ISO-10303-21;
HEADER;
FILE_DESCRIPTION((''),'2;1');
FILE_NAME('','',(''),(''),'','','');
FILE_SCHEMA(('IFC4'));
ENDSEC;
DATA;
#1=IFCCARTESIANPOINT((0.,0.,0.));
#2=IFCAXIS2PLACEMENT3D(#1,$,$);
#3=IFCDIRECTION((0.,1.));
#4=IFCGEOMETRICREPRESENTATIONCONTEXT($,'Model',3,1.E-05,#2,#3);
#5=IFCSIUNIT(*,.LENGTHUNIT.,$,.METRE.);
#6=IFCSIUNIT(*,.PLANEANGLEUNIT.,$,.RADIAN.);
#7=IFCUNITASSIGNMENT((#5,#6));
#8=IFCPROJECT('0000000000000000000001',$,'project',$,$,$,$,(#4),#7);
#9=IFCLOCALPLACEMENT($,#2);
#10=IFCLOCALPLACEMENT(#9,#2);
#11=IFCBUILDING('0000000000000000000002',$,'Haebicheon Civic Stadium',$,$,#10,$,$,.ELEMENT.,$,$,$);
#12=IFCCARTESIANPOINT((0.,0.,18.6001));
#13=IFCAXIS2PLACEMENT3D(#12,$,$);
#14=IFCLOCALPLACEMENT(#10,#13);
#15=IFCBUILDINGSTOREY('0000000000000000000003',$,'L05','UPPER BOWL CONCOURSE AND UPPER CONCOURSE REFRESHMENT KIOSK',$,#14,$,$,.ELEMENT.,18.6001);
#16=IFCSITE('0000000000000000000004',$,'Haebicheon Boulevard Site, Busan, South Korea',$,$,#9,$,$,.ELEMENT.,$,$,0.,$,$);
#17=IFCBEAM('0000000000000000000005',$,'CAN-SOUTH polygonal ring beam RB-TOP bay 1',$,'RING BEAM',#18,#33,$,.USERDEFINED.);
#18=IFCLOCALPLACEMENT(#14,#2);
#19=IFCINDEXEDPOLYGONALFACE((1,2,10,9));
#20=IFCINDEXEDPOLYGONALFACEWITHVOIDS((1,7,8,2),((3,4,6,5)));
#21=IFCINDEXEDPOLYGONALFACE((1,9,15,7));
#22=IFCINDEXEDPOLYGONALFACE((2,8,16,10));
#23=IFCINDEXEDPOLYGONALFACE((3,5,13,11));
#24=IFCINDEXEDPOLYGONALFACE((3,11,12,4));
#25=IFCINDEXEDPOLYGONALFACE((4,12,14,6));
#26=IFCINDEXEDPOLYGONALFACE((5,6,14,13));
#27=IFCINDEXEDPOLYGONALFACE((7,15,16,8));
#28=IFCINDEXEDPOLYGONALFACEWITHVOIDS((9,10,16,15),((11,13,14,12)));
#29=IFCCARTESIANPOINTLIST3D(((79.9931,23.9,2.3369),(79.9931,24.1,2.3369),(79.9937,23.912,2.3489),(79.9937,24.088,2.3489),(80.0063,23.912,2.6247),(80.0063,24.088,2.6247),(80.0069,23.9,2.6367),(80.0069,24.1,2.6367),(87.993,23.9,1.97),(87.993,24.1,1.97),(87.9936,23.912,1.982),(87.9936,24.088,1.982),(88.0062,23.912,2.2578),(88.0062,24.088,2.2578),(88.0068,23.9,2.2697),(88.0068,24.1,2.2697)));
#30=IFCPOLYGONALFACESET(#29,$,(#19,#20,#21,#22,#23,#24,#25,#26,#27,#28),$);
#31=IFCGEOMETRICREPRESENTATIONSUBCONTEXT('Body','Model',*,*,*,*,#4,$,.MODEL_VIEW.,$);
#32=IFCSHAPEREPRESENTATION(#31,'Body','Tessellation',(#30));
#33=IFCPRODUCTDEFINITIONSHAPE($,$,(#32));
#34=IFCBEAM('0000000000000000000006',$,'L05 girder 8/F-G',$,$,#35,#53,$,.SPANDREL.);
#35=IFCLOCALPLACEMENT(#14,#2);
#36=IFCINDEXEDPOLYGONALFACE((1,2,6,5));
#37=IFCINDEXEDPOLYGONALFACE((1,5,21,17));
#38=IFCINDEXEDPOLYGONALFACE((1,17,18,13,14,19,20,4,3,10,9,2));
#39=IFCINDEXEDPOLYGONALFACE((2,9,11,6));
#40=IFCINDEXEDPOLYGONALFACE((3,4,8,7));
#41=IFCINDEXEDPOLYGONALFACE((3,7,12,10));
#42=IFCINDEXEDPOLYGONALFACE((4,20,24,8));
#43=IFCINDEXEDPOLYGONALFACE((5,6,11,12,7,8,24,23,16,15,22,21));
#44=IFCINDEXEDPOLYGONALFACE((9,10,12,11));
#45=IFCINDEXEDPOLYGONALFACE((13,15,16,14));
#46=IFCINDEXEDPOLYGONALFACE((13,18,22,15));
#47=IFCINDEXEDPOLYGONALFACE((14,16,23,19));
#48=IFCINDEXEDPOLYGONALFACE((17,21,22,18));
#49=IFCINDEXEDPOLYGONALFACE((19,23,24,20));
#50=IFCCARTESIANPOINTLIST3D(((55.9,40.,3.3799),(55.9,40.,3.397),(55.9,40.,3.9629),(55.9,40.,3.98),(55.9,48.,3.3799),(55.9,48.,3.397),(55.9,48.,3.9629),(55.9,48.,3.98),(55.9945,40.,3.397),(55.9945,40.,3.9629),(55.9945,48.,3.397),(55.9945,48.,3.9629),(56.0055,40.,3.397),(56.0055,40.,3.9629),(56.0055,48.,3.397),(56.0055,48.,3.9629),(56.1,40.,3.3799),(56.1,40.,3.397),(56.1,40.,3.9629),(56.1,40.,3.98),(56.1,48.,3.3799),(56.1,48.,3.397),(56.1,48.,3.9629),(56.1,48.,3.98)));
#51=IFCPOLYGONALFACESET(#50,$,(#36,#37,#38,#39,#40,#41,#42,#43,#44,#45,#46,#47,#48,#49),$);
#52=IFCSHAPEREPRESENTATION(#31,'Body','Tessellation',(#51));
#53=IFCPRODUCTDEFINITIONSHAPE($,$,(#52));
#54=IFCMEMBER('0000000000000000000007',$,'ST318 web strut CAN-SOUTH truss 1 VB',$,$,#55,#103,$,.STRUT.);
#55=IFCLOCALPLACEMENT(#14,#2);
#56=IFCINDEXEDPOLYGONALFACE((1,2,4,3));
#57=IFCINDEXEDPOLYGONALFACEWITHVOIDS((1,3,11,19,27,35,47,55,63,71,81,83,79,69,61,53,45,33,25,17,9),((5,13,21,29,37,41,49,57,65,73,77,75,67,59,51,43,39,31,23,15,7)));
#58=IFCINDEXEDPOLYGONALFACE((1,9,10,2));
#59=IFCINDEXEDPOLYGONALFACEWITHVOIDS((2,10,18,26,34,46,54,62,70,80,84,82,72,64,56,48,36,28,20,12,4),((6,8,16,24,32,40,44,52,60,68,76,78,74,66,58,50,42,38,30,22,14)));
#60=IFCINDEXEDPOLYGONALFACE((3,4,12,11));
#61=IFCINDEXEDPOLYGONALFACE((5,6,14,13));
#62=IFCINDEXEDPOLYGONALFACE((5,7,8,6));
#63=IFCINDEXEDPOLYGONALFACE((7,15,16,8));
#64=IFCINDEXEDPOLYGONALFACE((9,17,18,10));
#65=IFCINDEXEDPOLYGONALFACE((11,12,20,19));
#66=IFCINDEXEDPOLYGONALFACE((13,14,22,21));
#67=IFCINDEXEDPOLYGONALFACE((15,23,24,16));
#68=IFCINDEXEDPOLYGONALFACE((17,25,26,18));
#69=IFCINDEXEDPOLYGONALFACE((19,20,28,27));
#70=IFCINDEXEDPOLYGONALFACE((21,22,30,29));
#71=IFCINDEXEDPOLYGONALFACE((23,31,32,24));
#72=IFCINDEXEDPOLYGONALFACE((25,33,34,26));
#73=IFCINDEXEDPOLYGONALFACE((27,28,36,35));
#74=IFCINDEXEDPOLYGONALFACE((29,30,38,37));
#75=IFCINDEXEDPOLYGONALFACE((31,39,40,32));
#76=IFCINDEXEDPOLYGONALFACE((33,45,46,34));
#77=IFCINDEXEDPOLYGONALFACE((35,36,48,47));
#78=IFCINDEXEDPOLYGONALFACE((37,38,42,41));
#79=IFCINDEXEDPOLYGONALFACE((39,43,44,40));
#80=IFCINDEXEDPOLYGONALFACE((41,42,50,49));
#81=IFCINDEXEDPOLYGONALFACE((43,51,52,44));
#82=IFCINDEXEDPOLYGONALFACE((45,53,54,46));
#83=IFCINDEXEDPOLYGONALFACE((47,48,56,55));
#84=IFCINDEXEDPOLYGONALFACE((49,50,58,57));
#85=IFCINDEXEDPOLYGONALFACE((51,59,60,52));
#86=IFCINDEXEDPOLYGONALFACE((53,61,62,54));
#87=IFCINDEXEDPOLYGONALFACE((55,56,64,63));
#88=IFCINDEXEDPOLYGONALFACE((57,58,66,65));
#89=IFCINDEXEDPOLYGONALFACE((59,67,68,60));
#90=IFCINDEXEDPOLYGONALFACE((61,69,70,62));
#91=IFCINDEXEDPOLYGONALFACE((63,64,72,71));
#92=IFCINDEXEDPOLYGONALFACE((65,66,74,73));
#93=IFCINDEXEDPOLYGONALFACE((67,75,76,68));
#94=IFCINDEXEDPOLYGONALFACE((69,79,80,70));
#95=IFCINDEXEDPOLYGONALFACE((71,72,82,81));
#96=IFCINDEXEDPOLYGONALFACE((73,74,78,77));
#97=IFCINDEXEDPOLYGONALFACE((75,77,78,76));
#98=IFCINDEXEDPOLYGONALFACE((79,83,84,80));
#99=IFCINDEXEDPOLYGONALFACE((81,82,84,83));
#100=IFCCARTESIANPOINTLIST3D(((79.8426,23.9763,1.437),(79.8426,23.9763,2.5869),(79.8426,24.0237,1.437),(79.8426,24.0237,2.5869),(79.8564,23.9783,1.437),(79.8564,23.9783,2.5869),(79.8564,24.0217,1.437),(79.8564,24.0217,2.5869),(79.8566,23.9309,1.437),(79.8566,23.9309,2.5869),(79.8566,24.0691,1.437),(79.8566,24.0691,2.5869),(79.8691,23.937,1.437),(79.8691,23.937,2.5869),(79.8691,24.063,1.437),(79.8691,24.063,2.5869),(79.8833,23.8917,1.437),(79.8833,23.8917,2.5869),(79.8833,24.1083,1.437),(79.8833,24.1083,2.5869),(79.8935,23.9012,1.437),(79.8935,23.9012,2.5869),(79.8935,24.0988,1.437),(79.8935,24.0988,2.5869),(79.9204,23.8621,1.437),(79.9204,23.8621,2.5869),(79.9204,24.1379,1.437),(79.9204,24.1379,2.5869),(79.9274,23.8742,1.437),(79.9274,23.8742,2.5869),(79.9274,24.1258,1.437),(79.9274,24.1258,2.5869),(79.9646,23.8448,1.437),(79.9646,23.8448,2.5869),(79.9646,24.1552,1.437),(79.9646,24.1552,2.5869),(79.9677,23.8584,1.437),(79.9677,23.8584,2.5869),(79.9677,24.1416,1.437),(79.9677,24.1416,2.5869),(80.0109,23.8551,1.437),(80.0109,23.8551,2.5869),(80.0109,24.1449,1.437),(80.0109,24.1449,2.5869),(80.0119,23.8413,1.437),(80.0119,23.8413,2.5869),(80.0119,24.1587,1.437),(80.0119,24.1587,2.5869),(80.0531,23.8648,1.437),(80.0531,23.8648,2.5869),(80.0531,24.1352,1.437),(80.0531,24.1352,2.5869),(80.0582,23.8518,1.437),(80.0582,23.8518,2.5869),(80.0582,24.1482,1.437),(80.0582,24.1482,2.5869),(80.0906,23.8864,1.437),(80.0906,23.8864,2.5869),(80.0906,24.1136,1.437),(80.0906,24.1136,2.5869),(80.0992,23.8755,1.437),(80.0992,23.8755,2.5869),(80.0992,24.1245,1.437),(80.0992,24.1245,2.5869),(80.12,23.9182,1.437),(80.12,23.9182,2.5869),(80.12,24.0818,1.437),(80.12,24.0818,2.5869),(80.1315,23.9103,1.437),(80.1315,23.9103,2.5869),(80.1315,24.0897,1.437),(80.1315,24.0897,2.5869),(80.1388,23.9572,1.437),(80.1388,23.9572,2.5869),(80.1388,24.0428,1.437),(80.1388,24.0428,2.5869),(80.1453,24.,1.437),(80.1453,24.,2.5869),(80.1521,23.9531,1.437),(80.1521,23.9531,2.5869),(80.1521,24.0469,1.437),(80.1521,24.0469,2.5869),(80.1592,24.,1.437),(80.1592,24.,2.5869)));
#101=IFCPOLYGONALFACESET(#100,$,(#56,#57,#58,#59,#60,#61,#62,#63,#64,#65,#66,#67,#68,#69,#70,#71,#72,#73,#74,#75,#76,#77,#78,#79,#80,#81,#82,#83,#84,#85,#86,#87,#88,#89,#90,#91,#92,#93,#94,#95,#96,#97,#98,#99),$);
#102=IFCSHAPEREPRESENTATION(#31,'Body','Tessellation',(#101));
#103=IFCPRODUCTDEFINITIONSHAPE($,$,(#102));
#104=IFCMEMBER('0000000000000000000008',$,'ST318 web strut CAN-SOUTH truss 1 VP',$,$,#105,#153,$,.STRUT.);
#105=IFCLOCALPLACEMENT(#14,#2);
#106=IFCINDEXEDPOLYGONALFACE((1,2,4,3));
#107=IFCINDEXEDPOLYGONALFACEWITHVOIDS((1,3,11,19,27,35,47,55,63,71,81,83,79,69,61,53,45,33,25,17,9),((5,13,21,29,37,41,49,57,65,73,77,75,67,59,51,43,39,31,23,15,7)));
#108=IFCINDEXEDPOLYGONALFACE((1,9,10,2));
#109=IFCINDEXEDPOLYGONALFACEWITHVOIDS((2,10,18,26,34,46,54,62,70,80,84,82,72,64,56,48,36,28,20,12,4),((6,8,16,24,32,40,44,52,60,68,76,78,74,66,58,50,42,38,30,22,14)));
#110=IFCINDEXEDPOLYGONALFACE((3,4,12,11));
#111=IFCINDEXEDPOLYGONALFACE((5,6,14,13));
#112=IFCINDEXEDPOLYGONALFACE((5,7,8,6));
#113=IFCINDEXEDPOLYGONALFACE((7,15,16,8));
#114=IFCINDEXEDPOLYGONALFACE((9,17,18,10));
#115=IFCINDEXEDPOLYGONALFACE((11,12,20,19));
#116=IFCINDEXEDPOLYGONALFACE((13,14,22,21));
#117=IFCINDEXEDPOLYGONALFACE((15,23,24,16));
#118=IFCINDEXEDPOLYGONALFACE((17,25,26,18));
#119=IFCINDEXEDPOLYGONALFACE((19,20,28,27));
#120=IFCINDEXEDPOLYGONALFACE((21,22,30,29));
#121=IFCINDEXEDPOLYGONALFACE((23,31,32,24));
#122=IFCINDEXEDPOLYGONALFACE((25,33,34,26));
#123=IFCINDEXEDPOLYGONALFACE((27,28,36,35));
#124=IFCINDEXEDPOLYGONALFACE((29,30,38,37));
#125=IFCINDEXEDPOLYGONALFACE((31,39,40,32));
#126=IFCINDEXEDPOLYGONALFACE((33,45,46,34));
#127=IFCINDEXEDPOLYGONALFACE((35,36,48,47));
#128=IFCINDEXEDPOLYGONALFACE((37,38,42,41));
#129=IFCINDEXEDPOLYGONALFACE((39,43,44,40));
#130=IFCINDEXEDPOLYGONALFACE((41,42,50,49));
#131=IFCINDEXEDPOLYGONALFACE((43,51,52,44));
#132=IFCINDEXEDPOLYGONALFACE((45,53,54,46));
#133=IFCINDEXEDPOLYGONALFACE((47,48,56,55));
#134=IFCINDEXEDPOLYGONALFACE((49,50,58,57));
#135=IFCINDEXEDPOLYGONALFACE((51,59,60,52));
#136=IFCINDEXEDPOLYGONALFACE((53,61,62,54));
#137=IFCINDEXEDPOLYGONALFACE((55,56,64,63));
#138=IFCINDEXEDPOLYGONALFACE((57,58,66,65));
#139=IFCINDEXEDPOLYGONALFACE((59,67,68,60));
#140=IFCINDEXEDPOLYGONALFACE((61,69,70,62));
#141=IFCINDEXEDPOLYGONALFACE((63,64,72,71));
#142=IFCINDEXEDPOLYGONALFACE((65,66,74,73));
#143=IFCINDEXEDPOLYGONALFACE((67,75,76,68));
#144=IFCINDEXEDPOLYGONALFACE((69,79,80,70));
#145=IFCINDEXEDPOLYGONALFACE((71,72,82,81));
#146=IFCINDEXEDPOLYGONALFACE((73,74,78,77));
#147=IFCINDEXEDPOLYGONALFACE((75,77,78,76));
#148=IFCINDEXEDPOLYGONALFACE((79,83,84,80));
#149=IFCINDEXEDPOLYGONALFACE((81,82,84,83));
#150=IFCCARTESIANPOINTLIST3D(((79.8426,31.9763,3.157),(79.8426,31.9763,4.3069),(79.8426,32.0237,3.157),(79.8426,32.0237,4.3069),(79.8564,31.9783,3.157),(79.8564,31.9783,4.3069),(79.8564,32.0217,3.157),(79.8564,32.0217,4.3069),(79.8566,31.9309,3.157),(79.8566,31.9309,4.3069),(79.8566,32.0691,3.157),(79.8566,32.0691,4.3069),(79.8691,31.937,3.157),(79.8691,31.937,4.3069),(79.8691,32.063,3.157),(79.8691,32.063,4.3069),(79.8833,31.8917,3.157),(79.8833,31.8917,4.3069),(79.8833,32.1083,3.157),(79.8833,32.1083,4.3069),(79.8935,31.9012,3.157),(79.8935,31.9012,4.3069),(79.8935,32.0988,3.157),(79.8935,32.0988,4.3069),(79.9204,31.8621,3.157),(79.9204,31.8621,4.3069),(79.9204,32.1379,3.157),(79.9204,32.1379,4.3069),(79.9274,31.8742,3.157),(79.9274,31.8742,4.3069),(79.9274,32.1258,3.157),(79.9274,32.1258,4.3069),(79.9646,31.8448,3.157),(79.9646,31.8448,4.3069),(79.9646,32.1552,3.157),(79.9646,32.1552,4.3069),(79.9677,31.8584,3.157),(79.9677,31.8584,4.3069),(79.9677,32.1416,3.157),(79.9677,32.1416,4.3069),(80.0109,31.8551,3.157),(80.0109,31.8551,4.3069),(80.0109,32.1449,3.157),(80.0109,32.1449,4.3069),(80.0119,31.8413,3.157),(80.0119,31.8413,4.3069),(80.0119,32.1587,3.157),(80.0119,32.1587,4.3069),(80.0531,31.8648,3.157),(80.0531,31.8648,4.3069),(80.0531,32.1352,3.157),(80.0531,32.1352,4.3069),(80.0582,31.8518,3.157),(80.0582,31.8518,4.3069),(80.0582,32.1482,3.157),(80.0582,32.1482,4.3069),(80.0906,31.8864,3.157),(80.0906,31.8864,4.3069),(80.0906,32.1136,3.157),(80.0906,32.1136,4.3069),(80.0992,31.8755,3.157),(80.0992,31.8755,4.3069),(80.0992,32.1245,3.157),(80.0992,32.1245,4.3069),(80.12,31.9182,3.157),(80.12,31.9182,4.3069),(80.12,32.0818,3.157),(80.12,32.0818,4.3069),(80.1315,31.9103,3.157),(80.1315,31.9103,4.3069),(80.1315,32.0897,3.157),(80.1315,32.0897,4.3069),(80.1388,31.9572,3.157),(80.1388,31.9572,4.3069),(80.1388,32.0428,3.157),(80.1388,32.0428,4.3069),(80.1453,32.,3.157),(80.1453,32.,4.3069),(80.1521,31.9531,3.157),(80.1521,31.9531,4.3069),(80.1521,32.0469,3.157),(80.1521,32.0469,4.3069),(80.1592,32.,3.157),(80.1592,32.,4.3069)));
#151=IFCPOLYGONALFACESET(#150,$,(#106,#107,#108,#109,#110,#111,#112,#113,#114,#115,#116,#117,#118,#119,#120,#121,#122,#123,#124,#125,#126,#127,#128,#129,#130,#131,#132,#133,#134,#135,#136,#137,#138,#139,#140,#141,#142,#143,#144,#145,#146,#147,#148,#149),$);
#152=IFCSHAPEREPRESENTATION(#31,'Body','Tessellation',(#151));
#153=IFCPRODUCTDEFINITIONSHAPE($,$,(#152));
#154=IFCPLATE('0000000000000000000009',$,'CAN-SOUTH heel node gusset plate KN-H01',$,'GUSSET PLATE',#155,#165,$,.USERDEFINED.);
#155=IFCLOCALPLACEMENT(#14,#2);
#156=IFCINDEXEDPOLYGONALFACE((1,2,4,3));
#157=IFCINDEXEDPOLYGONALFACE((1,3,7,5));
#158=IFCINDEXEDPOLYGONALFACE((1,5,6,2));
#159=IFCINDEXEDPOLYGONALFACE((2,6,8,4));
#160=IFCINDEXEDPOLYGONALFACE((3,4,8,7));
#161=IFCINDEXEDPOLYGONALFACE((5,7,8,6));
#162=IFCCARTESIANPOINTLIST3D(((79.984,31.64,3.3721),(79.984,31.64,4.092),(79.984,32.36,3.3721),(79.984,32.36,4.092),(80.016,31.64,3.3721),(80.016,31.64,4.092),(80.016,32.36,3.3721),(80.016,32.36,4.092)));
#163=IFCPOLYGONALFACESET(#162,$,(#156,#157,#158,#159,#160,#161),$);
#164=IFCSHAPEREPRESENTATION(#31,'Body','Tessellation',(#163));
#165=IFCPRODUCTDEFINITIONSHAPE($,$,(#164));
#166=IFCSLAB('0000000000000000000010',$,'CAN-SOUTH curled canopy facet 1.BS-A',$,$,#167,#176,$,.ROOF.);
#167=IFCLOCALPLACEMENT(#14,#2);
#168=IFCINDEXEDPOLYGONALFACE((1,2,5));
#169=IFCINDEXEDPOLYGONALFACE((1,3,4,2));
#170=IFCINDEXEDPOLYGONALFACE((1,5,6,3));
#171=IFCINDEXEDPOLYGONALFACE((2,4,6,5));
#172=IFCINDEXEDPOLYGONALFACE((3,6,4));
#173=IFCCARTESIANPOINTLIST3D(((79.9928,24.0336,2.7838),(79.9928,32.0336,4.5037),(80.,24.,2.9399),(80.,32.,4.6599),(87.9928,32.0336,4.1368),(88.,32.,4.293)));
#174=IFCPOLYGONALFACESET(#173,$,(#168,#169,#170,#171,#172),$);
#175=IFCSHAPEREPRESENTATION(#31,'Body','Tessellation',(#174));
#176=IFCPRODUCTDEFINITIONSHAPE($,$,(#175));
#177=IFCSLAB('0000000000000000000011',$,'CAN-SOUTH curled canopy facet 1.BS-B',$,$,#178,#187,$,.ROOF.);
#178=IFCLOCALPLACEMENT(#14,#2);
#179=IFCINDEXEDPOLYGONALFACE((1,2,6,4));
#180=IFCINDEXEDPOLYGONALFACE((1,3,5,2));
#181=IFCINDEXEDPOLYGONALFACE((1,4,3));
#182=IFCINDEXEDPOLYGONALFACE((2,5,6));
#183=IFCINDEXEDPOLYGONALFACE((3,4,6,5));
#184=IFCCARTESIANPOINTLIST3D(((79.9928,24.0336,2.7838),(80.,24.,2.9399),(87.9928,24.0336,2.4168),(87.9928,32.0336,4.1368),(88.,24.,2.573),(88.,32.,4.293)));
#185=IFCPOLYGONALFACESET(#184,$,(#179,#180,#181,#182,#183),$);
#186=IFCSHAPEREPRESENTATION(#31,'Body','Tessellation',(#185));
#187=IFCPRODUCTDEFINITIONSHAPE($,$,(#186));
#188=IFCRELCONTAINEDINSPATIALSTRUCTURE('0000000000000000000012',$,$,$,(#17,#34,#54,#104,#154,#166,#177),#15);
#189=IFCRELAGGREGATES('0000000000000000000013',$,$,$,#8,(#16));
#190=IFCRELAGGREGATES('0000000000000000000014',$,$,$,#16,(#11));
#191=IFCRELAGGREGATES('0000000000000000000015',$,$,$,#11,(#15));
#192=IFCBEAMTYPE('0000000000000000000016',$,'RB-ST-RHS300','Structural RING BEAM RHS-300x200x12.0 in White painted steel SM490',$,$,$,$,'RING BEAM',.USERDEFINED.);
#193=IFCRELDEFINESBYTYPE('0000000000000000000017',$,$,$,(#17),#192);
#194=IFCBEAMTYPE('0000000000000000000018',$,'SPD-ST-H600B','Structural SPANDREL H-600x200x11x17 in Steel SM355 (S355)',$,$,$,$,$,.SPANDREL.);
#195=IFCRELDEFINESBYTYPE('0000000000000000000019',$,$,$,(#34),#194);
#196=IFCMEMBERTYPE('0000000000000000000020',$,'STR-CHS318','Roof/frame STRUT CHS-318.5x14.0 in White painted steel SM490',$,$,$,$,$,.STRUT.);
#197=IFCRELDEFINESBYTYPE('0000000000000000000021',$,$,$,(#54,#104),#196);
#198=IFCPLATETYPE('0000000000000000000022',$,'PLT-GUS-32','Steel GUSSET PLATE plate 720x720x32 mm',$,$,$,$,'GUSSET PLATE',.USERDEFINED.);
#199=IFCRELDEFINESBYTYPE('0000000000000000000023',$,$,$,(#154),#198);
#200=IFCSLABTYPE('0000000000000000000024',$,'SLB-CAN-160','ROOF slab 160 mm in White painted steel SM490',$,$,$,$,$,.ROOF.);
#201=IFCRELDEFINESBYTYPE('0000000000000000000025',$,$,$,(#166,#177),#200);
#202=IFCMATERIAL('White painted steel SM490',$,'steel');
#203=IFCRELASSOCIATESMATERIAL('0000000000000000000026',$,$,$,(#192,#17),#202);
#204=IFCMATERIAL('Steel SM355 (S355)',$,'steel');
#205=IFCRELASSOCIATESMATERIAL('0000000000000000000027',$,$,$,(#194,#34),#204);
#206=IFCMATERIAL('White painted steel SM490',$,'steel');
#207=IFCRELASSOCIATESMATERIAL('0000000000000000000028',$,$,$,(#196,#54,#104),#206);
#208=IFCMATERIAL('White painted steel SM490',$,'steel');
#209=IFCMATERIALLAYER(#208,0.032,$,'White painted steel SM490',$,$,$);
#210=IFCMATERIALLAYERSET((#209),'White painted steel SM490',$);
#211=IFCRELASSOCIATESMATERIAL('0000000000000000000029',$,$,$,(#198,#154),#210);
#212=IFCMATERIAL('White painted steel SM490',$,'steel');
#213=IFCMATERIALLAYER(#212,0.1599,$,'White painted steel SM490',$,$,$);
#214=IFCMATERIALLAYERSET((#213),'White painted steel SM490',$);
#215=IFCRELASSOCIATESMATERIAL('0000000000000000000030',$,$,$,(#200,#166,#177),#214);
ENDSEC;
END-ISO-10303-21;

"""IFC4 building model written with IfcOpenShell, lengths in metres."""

from ifc_helpers import new_model, si_unit, direction, frame, origin, origin_2d, place, context, subcontext, project, spatial, polyline, rectangle, hollow_rectangle, hollow_circle, i_section, outline, extrude, material, layer, layer_set, material_profile, profile_set, type_object, element, save


model = new_model("IFC4")

# Units and contexts
model_context = context("Model", 3, precision=1e-05, world=origin(), true_north=direction((0.0, 1.0)))
body_context = subcontext(model_context, "Body", "Model", "MODEL_VIEW")
ifc_project = project(units=[si_unit("LENGTHUNIT", "METRE"), si_unit("PLANEANGLEUNIT", "RADIAN")], contexts=[model_context])

# Site, building, storey
site_placement = place(None, origin())
site = spatial("IfcSite", under=ifc_project, at=site_placement, Name="Haebicheon Boulevard Site, Busan, South Korea", CompositionType="ELEMENT", RefElevation=0.0)
building_placement = place(site_placement, origin())
building = spatial("IfcBuilding", under=site, at=building_placement, Name="Haebicheon Civic Stadium", CompositionType="ELEMENT")
storey_placement = place(building_placement, frame((0.0, 0.0, 18.6001)))
storey = spatial("IfcBuildingStorey", under=building, at=storey_placement, Name="L05", Description="UPPER BOWL CONCOURSE AND UPPER CONCOURSE REFRESHMENT KIOSK", CompositionType="ELEMENT", Elevation=18.6001)

# Beams
ifc_material_1 = material(Name="White painted steel SM490", Category="steel")
ifc_material_profile_1 = material_profile(ifc_material_1, hollow_rectangle(XDim=0.2, YDim=0.3, WallThickness=0.012, at=origin_2d()), Name="RHS-300x200x12.0")
ifc_profile_set_1 = profile_set([ifc_material_profile_1], Name="White painted steel SM490")
beam_type_1 = type_object("IfcBeamType", Name="RB-ST-RHS300", Description="Structural RING BEAM RHS-300x200x12.0 in White painted steel SM490", ElementType="RING BEAM", PredefinedType="USERDEFINED", material=ifc_profile_set_1)
beam_1_placement = place(storey_placement, frame((80.0, 24.0, 2.4868), z_axis=(0.99895, 0.0, -0.04582), x_axis=(0.0, 1.0, 0.0)))
element("IfcBeam", 1, at=beam_1_placement, inside=storey, type_object=beam_type_1, material=ifc_profile_set_1, Name="CAN-SOUTH polygonal ring beam RB-TOP bay 1", ObjectType="RING BEAM", PredefinedType="USERDEFINED", context=body_context, shape_type="SweptSolid", body=[
    extrude(hollow_rectangle(XDim=0.2, YDim=0.3, WallThickness=0.012, at=origin_2d()), origin(), (0.0, 0.0, 1.0), 8.0083),
])
ifc_material_2 = material(Name="Steel SM355 (S355)", Category="steel")
ifc_material_profile_2 = material_profile(ifc_material_2, i_section(OverallWidth=0.2, OverallDepth=0.6001, WebThickness=0.011, FlangeThickness=0.0171, at=origin_2d()), Name="H-600x200x11x17")
ifc_profile_set_2 = profile_set([ifc_material_profile_2], Name="Steel SM355 (S355)")
beam_type_2 = type_object("IfcBeamType", Name="SPD-ST-H600B", Description="Structural SPANDREL H-600x200x11x17 in Steel SM355 (S355)", PredefinedType="SPANDREL", material=ifc_profile_set_2)
beam_2_placement = place(storey_placement, frame((56.0, 40.0, 3.6799), z_axis=(0.0, 1.0, 0.0), x_axis=(-1.0, 0.0, 0.0)))
element("IfcBeam", 2, at=beam_2_placement, inside=storey, type_object=beam_type_2, material=ifc_profile_set_2, Name="L05 girder 8/F-G", PredefinedType="SPANDREL", context=body_context, shape_type="SweptSolid", body=[
    extrude(i_section(OverallWidth=0.2, OverallDepth=0.6001, WebThickness=0.011, FlangeThickness=0.0171, at=origin_2d()), origin(), (0.0, 0.0, 1.0), 8.0),
])

# Members
ifc_material_3 = material(Name="White painted steel SM490", Category="steel")
ifc_material_profile_3 = material_profile(ifc_material_3, hollow_circle(Radius=0.1592, WallThickness=0.0139, at=origin_2d()), Name="CHS-318.5x14.0")
ifc_profile_set_3 = profile_set([ifc_material_profile_3], Name="White painted steel SM490")
member_type_1 = type_object("IfcMemberType", Name="STR-CHS318", Description="Roof/frame STRUT CHS-318.5x14.0 in White painted steel SM490", PredefinedType="STRUT", material=ifc_profile_set_3)
for number, where, z_axis, x_axis, name in (
    (3, (80.0, 24.0, 1.437), (0.0, 0.0, 1.0), (1.0, 0.0, 0.0), "ST318 web strut CAN-SOUTH truss 1 VB"),
    (4, (80.0, 32.0, 3.157), (0.0, 0.0, 1.0), (1.0, 0.0, 0.0), "ST318 web strut CAN-SOUTH truss 1 VP"),
):
    element("IfcMember", number, at=place(storey_placement, frame(where, z_axis=z_axis, x_axis=x_axis)), inside=storey, type_object=member_type_1, material=ifc_profile_set_3, Name=name, PredefinedType="STRUT", context=body_context, shape_type="SweptSolid", body=[
        extrude(hollow_circle(Radius=0.1592, WallThickness=0.0139, at=origin_2d()), origin(), (0.0, 0.0, 1.0), 1.1499),
    ])

# Plate
ifc_material_4 = material(Name="White painted steel SM490", Category="steel")
ifc_layer_1 = layer(ifc_material_4, 0.032, Name="White painted steel SM490")
ifc_layer_set_1 = layer_set([ifc_layer_1], Name="White painted steel SM490")
plate_type = type_object("IfcPlateType", Name="PLT-GUS-32", Description="Steel GUSSET PLATE plate 720x720x32 mm", ElementType="GUSSET PLATE", PredefinedType="USERDEFINED", material=ifc_layer_set_1)
plate_placement = place(storey_placement, frame((80.0, 32.0, 3.3721), z_axis=(0.0, 0.0, 1.0), x_axis=(0.0, 1.0, 0.0)))
element("IfcPlate", 5, at=plate_placement, inside=storey, type_object=plate_type, material=ifc_layer_set_1, Name="CAN-SOUTH heel node gusset plate KN-H01", ObjectType="GUSSET PLATE", PredefinedType="USERDEFINED", context=body_context, shape_type="SweptSolid", body=[
    extrude(rectangle(XDim=0.72, YDim=0.032, at=origin_2d()), origin(), (0.0, 0.0, 1.0), 0.72),
])

# Slabs
ifc_material_5 = material(Name="White painted steel SM490", Category="steel")
ifc_layer_2 = layer(ifc_material_5, 0.1599, Name="White painted steel SM490")
ifc_layer_set_2 = layer_set([ifc_layer_2], Name="White painted steel SM490")
slab_type = type_object("IfcSlabType", Name="SLB-CAN-160", Description="ROOF slab 160 mm in White painted steel SM490", PredefinedType="ROOF", material=ifc_layer_set_2)
slab_1_placement = place(storey_placement, frame((80.0, 24.0, 2.9399), z_axis=(0.044798, -0.209982, 0.976678), x_axis=(0.0, 0.97766, 0.210193)))
element("IfcSlab", 6, at=slab_1_placement, inside=storey, type_object=slab_type, material=ifc_layer_set_2, Name="CAN-SOUTH curled canopy facet 1.BS-A", PredefinedType="ROOF", context=body_context, shape_type="SweptSolid", body=[
    extrude(outline(polyline([(0.0, 0.0), (8.1828, 0.0), (8.1057, -8.008), (0.0, 0.0)])), origin(), (0.0, 0.0, -1.0), 0.1599),
])
slab_2_placement = place(storey_placement, frame((80.0, 24.0, 2.9399), z_axis=(0.044798, -0.209982, 0.976678), x_axis=(0.702104, 0.702104, 0.118746)))
element("IfcSlab", 7, at=slab_2_placement, inside=storey, type_object=slab_type, material=ifc_layer_set_2, Name="CAN-SOUTH curled canopy facet 1.BS-B", PredefinedType="ROOF", context=body_context, shape_type="SweptSolid", body=[
    extrude(outline(polyline([(0.0, 0.0), (11.3943, 0.0), (5.5733, -5.751), (0.0, 0.0)])), origin(), (0.0, 0.0, -1.0), 0.1599),
])

save(model, "model.ifc")
